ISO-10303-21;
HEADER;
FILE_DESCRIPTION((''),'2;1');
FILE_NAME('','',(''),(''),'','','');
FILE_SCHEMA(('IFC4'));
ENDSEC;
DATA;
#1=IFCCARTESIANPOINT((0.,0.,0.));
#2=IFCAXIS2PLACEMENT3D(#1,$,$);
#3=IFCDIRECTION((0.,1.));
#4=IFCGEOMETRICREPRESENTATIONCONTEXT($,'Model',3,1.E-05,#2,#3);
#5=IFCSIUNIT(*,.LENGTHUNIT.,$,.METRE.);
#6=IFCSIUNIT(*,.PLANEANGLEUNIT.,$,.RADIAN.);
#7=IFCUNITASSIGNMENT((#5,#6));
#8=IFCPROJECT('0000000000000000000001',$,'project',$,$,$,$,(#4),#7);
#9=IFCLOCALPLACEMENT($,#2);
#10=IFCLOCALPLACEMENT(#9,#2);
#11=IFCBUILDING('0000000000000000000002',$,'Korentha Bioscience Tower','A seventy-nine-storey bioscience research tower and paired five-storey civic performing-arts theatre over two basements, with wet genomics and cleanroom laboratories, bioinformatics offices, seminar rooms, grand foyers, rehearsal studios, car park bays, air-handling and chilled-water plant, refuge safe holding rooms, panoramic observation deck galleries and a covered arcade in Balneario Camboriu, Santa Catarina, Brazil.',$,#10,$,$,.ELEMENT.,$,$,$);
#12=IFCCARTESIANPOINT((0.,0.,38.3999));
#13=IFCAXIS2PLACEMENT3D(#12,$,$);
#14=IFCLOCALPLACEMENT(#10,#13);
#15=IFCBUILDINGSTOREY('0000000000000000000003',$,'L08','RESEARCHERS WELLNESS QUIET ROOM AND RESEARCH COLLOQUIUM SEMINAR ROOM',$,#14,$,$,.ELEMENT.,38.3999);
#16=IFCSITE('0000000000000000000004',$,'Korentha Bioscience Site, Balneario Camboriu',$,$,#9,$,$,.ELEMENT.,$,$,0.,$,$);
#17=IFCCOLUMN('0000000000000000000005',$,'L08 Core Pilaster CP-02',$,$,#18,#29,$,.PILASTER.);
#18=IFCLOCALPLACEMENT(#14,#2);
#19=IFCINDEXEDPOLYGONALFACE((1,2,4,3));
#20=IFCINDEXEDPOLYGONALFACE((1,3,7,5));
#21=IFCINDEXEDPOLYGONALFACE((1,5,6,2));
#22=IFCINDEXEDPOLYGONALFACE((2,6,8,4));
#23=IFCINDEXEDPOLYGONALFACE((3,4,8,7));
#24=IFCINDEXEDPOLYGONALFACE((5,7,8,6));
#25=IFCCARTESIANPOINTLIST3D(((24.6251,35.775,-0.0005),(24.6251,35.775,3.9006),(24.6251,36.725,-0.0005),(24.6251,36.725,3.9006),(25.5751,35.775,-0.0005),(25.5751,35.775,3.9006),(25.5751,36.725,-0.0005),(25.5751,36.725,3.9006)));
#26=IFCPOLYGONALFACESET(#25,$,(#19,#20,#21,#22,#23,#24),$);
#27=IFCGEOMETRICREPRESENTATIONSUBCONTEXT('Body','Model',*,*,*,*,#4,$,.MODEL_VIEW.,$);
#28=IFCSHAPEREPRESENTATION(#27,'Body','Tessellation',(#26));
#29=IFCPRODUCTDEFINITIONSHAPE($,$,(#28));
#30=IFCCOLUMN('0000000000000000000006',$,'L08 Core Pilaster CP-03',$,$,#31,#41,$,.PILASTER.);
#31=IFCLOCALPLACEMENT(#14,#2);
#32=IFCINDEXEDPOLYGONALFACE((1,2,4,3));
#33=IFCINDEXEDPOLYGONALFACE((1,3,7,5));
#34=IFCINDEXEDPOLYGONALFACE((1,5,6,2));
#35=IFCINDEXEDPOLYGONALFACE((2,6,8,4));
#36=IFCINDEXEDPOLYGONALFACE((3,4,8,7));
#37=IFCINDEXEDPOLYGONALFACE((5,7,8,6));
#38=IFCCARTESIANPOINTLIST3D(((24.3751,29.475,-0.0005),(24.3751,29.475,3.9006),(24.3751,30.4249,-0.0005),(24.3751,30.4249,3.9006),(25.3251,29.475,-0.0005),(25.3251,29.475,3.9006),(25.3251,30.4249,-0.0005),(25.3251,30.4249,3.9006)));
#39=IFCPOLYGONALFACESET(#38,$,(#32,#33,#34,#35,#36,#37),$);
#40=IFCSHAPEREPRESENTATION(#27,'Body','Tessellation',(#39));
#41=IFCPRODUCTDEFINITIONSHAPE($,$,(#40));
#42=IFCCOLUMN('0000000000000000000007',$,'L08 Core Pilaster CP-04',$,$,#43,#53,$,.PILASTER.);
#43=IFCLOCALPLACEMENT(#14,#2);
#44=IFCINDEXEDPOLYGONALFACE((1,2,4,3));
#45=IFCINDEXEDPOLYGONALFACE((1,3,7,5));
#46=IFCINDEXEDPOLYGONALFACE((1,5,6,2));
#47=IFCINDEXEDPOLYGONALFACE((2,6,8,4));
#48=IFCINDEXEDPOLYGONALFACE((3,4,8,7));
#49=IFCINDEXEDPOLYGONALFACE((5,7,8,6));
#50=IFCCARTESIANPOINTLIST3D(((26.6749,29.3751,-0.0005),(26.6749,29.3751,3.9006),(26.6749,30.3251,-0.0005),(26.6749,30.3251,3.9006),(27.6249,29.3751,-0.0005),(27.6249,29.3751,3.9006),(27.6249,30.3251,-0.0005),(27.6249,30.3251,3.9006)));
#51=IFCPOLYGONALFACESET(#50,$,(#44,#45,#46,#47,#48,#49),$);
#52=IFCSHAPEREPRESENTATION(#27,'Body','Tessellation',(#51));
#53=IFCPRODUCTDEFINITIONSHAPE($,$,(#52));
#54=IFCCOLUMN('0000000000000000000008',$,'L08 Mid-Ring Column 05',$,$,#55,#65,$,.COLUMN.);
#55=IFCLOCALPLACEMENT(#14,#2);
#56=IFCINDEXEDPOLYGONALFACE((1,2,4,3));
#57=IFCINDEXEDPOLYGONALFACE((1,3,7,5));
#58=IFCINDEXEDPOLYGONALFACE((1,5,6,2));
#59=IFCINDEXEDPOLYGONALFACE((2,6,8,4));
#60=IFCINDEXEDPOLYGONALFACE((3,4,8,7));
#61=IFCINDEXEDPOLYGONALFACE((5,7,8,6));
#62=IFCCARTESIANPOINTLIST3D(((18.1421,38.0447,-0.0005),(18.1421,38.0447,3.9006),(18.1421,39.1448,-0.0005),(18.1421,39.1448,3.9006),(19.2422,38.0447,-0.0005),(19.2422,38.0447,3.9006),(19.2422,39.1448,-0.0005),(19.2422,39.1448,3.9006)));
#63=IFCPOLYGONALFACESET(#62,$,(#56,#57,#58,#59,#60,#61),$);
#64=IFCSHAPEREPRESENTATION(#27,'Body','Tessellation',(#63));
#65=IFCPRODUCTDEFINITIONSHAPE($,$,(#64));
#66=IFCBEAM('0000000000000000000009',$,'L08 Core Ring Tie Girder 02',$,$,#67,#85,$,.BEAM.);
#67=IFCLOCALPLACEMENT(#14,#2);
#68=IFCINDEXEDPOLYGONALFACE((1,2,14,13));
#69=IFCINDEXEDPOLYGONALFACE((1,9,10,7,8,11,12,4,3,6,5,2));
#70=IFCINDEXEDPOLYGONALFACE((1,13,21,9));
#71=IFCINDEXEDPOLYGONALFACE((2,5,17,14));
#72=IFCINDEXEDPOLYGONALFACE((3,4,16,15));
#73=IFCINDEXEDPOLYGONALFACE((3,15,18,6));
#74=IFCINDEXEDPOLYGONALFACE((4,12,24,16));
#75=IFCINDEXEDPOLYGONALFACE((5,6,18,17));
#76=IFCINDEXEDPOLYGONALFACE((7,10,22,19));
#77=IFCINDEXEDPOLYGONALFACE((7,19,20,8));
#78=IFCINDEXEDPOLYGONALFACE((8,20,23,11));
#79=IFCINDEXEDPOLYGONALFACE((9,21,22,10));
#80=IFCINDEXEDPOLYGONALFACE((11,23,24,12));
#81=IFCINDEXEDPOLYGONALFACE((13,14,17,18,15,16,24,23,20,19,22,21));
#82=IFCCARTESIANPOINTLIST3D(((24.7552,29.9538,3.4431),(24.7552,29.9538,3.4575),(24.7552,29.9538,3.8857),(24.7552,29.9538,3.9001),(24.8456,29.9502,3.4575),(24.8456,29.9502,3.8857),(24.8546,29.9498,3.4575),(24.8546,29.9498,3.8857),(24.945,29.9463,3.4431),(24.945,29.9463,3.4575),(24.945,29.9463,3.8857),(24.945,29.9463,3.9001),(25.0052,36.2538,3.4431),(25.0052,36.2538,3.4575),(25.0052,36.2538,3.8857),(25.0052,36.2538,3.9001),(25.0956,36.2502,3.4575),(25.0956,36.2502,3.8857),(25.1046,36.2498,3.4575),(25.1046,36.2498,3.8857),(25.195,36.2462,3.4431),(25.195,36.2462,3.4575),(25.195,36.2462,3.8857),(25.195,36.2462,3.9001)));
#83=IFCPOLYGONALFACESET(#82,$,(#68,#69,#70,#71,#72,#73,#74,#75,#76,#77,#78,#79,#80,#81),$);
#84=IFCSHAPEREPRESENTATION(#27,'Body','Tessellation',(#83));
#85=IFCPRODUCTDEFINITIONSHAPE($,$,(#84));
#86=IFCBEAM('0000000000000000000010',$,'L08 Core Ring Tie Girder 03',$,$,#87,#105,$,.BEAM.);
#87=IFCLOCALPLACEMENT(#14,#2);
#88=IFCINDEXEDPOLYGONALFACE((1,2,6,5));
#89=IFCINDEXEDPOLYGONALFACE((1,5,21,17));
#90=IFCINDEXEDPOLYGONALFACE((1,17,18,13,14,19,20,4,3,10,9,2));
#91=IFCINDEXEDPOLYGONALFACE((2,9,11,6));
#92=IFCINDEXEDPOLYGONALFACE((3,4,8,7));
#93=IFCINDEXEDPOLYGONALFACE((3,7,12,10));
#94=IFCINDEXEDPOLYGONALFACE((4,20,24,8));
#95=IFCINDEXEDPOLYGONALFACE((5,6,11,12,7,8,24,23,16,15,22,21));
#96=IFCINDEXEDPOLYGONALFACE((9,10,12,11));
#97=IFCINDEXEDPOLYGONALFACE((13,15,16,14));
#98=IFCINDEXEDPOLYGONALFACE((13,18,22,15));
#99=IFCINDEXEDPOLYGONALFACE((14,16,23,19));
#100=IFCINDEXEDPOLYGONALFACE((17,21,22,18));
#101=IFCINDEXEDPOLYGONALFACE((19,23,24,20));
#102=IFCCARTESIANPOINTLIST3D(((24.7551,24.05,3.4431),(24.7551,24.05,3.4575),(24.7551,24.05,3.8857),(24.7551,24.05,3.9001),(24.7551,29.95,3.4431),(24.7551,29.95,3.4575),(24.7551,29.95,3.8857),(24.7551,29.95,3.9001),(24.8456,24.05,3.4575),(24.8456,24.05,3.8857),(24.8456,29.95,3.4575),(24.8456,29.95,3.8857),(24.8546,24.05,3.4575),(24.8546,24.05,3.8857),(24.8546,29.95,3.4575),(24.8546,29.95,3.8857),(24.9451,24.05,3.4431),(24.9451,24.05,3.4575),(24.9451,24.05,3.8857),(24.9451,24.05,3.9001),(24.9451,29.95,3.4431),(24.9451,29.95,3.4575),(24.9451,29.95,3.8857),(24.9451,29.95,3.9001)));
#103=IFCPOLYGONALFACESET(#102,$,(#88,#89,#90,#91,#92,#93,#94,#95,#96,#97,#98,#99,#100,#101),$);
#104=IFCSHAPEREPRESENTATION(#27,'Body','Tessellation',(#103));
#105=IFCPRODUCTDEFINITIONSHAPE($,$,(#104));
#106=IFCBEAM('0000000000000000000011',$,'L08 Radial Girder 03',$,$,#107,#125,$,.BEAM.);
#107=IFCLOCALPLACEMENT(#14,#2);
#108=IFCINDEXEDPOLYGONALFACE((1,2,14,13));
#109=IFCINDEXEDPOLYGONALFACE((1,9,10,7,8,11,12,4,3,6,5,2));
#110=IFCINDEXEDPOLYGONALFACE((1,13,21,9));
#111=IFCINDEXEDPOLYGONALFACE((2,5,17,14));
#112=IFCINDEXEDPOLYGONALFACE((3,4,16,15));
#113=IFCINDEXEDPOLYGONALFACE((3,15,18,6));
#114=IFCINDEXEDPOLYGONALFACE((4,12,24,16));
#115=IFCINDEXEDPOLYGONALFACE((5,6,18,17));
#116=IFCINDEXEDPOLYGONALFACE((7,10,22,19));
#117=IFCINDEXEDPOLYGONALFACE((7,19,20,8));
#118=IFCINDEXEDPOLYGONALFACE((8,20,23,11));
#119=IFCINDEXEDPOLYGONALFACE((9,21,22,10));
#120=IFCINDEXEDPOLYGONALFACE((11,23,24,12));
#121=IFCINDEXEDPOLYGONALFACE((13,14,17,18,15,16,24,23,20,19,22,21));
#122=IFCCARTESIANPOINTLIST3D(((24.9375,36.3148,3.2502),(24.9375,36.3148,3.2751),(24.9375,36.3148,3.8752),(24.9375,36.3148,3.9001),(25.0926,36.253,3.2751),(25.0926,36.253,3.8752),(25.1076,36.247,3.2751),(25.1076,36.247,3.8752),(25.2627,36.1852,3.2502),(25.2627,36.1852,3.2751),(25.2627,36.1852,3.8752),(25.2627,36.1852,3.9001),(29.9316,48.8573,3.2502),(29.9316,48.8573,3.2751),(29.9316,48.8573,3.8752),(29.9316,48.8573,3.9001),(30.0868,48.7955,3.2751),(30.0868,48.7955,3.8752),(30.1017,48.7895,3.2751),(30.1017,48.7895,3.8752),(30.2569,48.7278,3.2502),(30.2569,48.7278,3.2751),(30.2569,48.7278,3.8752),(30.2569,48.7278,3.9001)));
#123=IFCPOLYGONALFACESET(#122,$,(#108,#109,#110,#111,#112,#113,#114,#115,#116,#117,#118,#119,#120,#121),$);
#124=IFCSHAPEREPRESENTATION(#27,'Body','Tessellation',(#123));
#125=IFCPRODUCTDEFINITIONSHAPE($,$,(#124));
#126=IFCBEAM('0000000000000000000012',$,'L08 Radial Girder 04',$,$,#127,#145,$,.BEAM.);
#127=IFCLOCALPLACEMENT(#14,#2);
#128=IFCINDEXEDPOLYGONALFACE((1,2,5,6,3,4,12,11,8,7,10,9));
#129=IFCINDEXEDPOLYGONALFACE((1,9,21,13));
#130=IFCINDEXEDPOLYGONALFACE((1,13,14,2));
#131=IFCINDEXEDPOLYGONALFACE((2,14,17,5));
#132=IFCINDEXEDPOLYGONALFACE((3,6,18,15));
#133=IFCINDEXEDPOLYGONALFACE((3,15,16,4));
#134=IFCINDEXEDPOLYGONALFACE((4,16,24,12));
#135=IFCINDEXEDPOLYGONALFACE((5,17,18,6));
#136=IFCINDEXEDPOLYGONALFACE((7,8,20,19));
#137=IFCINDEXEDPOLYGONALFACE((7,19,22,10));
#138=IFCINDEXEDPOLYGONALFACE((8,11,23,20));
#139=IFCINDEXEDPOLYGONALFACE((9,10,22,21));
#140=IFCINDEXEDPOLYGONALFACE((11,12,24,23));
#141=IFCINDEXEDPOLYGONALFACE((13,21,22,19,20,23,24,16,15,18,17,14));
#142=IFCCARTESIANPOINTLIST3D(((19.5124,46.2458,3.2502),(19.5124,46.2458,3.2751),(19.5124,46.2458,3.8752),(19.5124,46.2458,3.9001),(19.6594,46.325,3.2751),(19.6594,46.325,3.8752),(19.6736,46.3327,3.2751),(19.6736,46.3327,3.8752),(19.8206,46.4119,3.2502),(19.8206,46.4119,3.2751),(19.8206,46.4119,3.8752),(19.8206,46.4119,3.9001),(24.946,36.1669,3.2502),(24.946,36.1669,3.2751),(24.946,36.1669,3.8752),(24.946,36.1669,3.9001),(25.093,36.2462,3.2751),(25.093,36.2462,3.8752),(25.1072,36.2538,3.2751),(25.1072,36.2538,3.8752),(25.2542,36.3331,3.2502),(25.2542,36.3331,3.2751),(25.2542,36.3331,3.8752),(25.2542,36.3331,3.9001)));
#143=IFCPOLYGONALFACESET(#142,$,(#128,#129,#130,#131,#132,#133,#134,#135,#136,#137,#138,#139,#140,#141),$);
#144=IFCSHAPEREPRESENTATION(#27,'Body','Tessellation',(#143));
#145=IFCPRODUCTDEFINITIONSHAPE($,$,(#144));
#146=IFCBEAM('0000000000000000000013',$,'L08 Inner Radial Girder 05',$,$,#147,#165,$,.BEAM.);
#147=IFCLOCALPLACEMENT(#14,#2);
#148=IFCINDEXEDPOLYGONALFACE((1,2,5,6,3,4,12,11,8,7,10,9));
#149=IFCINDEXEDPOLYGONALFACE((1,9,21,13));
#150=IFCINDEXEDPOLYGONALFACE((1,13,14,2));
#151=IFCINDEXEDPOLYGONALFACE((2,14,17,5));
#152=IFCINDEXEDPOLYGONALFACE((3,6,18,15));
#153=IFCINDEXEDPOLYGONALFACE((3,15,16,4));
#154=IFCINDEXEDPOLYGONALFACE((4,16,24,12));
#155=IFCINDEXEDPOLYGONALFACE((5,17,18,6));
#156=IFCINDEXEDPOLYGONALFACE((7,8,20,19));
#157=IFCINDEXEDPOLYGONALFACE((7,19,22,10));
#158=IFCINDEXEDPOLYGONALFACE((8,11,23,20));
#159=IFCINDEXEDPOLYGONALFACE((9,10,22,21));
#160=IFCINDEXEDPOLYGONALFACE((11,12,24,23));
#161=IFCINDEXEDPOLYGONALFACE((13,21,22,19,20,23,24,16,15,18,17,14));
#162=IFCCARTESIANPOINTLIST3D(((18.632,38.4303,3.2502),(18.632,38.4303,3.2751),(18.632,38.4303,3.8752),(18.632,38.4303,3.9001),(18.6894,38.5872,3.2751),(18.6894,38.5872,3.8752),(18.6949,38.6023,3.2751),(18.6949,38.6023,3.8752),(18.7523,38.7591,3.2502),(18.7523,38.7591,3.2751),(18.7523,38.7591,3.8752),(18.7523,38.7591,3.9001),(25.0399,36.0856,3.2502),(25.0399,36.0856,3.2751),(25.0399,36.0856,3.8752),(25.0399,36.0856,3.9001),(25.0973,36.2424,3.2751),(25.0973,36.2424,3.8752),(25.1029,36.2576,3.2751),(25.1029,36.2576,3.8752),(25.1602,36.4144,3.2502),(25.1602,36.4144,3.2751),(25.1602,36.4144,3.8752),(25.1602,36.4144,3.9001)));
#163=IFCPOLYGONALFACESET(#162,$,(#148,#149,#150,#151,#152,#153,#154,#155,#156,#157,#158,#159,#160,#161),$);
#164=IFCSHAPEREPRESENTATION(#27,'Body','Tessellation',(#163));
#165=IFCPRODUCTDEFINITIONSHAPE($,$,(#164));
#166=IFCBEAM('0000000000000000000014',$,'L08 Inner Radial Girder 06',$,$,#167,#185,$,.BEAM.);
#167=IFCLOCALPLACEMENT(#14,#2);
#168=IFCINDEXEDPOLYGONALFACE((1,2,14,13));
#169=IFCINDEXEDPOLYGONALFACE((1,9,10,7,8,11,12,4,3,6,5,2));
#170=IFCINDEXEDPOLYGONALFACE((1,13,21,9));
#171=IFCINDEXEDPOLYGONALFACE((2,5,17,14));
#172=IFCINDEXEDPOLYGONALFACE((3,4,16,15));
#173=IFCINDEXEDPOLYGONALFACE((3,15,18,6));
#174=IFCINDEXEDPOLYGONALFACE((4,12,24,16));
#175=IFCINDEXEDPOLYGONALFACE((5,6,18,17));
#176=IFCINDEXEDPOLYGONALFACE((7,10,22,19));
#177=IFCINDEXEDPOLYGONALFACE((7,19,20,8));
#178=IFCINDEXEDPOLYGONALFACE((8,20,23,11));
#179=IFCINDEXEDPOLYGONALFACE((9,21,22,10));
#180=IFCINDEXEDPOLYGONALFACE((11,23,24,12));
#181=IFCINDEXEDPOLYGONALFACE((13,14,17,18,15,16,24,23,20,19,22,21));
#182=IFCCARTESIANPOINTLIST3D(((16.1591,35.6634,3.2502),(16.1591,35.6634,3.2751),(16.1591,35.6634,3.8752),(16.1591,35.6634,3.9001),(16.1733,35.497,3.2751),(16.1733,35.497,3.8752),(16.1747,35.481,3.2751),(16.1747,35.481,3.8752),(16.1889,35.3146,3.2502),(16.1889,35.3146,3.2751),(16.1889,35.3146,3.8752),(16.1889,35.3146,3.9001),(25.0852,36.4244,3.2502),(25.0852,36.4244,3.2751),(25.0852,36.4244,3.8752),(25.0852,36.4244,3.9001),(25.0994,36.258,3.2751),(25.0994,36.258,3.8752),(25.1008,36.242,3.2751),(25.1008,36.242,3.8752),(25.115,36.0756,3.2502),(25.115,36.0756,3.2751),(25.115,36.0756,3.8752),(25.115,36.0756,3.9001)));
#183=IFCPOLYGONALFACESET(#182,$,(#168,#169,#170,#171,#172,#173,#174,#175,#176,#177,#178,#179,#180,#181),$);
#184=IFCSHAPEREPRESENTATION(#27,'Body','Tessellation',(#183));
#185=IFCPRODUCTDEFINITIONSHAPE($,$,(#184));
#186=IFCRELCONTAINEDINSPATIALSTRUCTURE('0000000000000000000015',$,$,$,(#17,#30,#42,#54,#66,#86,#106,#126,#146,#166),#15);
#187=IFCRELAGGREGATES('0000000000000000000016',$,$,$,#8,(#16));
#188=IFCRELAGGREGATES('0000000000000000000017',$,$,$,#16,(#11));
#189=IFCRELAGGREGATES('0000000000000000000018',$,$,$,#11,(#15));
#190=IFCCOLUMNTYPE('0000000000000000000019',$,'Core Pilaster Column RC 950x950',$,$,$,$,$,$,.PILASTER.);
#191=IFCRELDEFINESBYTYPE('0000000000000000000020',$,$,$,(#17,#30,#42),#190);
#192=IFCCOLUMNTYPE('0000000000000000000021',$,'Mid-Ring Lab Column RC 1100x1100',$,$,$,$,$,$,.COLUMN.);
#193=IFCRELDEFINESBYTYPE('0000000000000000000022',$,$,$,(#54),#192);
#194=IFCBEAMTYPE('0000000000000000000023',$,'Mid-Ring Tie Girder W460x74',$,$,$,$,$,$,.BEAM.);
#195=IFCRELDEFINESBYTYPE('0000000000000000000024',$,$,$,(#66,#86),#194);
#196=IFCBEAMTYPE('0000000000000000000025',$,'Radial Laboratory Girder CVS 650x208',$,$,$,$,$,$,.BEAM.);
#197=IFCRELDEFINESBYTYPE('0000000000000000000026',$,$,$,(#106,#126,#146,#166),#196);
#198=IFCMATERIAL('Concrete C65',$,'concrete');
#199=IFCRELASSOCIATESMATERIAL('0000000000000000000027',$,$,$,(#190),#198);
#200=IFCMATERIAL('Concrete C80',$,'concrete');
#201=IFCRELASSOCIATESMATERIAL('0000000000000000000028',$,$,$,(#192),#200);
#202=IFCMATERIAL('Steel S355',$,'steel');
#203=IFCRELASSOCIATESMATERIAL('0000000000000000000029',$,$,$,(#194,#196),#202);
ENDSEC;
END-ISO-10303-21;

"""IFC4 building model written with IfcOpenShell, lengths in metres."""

from ifc_helpers import new_model, si_unit, direction, frame, origin, origin_2d, place, context, subcontext, project, spatial, rectangle, i_section, extrude, material, material_profile, profile_set, type_object, element, save


model = new_model("IFC4")

# Units and contexts
model_context = context("Model", 3, precision=1e-05, world=origin(), true_north=direction((0.0, 1.0)))
body_context = subcontext(model_context, "Body", "Model", "MODEL_VIEW")
ifc_project = project(units=[si_unit("LENGTHUNIT", "METRE"), si_unit("PLANEANGLEUNIT", "RADIAN")], contexts=[model_context])

# Site, building, storey
site_placement = place(None, origin())
site = spatial("IfcSite", under=ifc_project, at=site_placement, Name="Korentha Bioscience Site, Balneario Camboriu", CompositionType="ELEMENT", RefElevation=0.0)
building_placement = place(site_placement, origin())
building = spatial("IfcBuilding", under=site, at=building_placement, Name="Korentha Bioscience Tower", Description="A seventy-nine-storey bioscience research tower and paired five-storey civic performing-arts theatre over two basements, with wet genomics and cleanroom laboratories, bioinformatics offices, seminar rooms, grand foyers, rehearsal studios, car park bays, air-handling and chilled-water plant, refuge safe holding rooms, panoramic observation deck galleries and a covered arcade in Balneario Camboriu, Santa Catarina, Brazil.", CompositionType="ELEMENT")
storey_placement = place(building_placement, frame((0.0, 0.0, 38.3999)))
storey = spatial("IfcBuildingStorey", under=building, at=storey_placement, Name="L08", Description="RESEARCHERS WELLNESS QUIET ROOM AND RESEARCH COLLOQUIUM SEMINAR ROOM", CompositionType="ELEMENT", Elevation=38.3999)

# Columns
ifc_material_1 = material(Name="Concrete C65", Category="concrete")
ifc_material_profile_1 = material_profile(ifc_material_1, rectangle(XDim=0.95, YDim=0.95, at=origin_2d()), Name="Concrete C65")
ifc_profile_set_1 = profile_set([ifc_material_profile_1], Name="Concrete C65 (COL-CP09)")
column_type_1 = type_object("IfcColumnType", Name="Core Pilaster Column RC 950x950", PredefinedType="PILASTER", material=ifc_profile_set_1)
for number, where, z_axis, x_axis, name in (
    (1, (25.1001, 36.25, -0.0005), (0.0, 0.0, 1.0), (1.0, 0.0, 0.0), "L08 Core Pilaster CP-02"),
    (2, (24.8501, 29.95, -0.0005), (0.0, 0.0, 1.0), (1.0, 0.0, 0.0), "L08 Core Pilaster CP-03"),
    (3, (27.1499, 29.8501, -0.0005), (0.0, 0.0, 1.0), (1.0, 0.0, 0.0), "L08 Core Pilaster CP-04"),
):
    element("IfcColumn", number, at=place(storey_placement, frame(where, z_axis=z_axis, x_axis=x_axis)), inside=storey, type_object=column_type_1, Name=name, PredefinedType="PILASTER", context=body_context, shape_type="SweptSolid", body=[
        extrude(rectangle(XDim=0.95, YDim=0.95, at=origin_2d()), origin(), (0.0, 0.0, 1.0), 3.9011),
    ])
ifc_material_2 = material(Name="Concrete C80", Category="concrete")
ifc_material_profile_2 = material_profile(ifc_material_2, rectangle(XDim=1.1001, YDim=1.1001, at=origin_2d()), Name="Concrete C80")
ifc_profile_set_2 = profile_set([ifc_material_profile_2], Name="Concrete C80 (COL-MR11)")
column_type_2 = type_object("IfcColumnType", Name="Mid-Ring Lab Column RC 1100x1100", PredefinedType="COLUMN", material=ifc_profile_set_2)
column_placement = place(storey_placement, frame((18.6921, 38.5947, -0.0005), z_axis=(0.0, 0.0, 1.0), x_axis=(1.0, 0.0, 0.0)))
element("IfcColumn", 4, at=column_placement, inside=storey, type_object=column_type_2, Name="L08 Mid-Ring Column 05", PredefinedType="COLUMN", context=body_context, shape_type="SweptSolid", body=[
    extrude(rectangle(XDim=1.1001, YDim=1.1001, at=origin_2d()), origin(), (0.0, 0.0, 1.0), 3.9011),
])

# Beams
ifc_material_3 = material(Name="Steel S355", Category="steel")
ifc_material_profile_3 = material_profile(ifc_material_3, i_section(OverallWidth=0.1899, OverallDepth=0.457, WebThickness=0.009, FlangeThickness=0.0144, at=origin_2d()), Name="Steel S355")
ifc_profile_set_3 = profile_set([ifc_material_profile_3], Name="Steel S355 (MB-460)")
beam_type_1 = type_object("IfcBeamType", Name="Mid-Ring Tie Girder W460x74", PredefinedType="BEAM", material=ifc_profile_set_3)
beam_1_placement = place(storey_placement, frame((25.1001, 36.25, 3.6716), z_axis=(-0.039651, -0.999214, 0.0), x_axis=(0.999214, -0.039651, 0.0)))
element("IfcBeam", 5, at=beam_1_placement, inside=storey, type_object=beam_type_1, Name="L08 Core Ring Tie Girder 02", PredefinedType="BEAM", context=body_context, shape_type="SweptSolid", body=[
    extrude(i_section(OverallWidth=0.1899, OverallDepth=0.457, WebThickness=0.009, FlangeThickness=0.0144, at=origin_2d()), origin(), (0.0, 0.0, 1.0), 6.3049),
])
beam_2_placement = place(storey_placement, frame((24.8501, 29.95, 3.6716), z_axis=(0.0, -1.0, 0.0), x_axis=(1.0, 0.0, 0.0)))
element("IfcBeam", 6, at=beam_2_placement, inside=storey, type_object=beam_type_1, Name="L08 Core Ring Tie Girder 03", PredefinedType="BEAM", context=body_context, shape_type="SweptSolid", body=[
    extrude(i_section(OverallWidth=0.1899, OverallDepth=0.457, WebThickness=0.009, FlangeThickness=0.0144, at=origin_2d()), origin(), (0.0, 0.0, 1.0), 5.8999),
])
ifc_material_profile_4 = material_profile(ifc_material_3, i_section(OverallWidth=0.3501, OverallDepth=0.6499, WebThickness=0.0161, FlangeThickness=0.0249, at=origin_2d()), Name="Steel S355")
ifc_profile_set_4 = profile_set([ifc_material_profile_4], Name="Steel S355 (RB-650)")
beam_type_2 = type_object("IfcBeamType", Name="Radial Laboratory Girder CVS 650x208", PredefinedType="BEAM", material=ifc_profile_set_4)
beam_3_placement = place(storey_placement, frame((25.1001, 36.25, 3.5752), z_axis=(0.369931, 0.929059, 0.0), x_axis=(-0.929059, 0.369931, 0.0)))
element("IfcBeam", 7, at=beam_3_placement, inside=storey, type_object=beam_type_2, Name="L08 Radial Girder 03", PredefinedType="BEAM", context=body_context, shape_type="SweptSolid", body=[
    extrude(i_section(OverallWidth=0.3501, OverallDepth=0.6499, WebThickness=0.0161, FlangeThickness=0.0249, at=origin_2d()), origin(), (0.0, 0.0, 1.0), 13.5002),
])
beam_4_placement = place(storey_placement, frame((25.1001, 36.25, 3.5752), z_axis=(-0.474541, 0.880233, 0.0), x_axis=(-0.880233, -0.474541, 0.0)))
element("IfcBeam", 8, at=beam_4_placement, inside=storey, type_object=beam_type_2, Name="L08 Radial Girder 04", PredefinedType="BEAM", context=body_context, shape_type="SweptSolid", body=[
    extrude(i_section(OverallWidth=0.3501, OverallDepth=0.6499, WebThickness=0.0161, FlangeThickness=0.0249, at=origin_2d()), origin(), (0.0, 0.0, 1.0), 11.4502),
])
beam_5_placement = place(storey_placement, frame((25.1001, 36.25, 3.5752), z_axis=(-0.939106, 0.343627, 0.0), x_axis=(-0.343627, -0.939106, 0.0)))
element("IfcBeam", 9, at=beam_5_placement, inside=storey, type_object=beam_type_2, Name="L08 Inner Radial Girder 05", PredefinedType="BEAM", context=body_context, shape_type="SweptSolid", body=[
    extrude(i_section(OverallWidth=0.3501, OverallDepth=0.6499, WebThickness=0.0161, FlangeThickness=0.0249, at=origin_2d()), origin(), (0.0, 0.0, 1.0), 6.8235),
])
beam_6_placement = place(storey_placement, frame((25.1001, 36.25, 3.5752), z_axis=(-0.996386, -0.084947, 0.0), x_axis=(0.084947, -0.996386, 0.0)))
element("IfcBeam", 10, at=beam_6_placement, inside=storey, type_object=beam_type_2, Name="L08 Inner Radial Girder 06", PredefinedType="BEAM", context=body_context, shape_type="SweptSolid", body=[
    extrude(i_section(OverallWidth=0.3501, OverallDepth=0.6499, WebThickness=0.0161, FlangeThickness=0.0249, at=origin_2d()), origin(), (0.0, 0.0, 1.0), 8.9585),
])

save(model, "model.ifc")
